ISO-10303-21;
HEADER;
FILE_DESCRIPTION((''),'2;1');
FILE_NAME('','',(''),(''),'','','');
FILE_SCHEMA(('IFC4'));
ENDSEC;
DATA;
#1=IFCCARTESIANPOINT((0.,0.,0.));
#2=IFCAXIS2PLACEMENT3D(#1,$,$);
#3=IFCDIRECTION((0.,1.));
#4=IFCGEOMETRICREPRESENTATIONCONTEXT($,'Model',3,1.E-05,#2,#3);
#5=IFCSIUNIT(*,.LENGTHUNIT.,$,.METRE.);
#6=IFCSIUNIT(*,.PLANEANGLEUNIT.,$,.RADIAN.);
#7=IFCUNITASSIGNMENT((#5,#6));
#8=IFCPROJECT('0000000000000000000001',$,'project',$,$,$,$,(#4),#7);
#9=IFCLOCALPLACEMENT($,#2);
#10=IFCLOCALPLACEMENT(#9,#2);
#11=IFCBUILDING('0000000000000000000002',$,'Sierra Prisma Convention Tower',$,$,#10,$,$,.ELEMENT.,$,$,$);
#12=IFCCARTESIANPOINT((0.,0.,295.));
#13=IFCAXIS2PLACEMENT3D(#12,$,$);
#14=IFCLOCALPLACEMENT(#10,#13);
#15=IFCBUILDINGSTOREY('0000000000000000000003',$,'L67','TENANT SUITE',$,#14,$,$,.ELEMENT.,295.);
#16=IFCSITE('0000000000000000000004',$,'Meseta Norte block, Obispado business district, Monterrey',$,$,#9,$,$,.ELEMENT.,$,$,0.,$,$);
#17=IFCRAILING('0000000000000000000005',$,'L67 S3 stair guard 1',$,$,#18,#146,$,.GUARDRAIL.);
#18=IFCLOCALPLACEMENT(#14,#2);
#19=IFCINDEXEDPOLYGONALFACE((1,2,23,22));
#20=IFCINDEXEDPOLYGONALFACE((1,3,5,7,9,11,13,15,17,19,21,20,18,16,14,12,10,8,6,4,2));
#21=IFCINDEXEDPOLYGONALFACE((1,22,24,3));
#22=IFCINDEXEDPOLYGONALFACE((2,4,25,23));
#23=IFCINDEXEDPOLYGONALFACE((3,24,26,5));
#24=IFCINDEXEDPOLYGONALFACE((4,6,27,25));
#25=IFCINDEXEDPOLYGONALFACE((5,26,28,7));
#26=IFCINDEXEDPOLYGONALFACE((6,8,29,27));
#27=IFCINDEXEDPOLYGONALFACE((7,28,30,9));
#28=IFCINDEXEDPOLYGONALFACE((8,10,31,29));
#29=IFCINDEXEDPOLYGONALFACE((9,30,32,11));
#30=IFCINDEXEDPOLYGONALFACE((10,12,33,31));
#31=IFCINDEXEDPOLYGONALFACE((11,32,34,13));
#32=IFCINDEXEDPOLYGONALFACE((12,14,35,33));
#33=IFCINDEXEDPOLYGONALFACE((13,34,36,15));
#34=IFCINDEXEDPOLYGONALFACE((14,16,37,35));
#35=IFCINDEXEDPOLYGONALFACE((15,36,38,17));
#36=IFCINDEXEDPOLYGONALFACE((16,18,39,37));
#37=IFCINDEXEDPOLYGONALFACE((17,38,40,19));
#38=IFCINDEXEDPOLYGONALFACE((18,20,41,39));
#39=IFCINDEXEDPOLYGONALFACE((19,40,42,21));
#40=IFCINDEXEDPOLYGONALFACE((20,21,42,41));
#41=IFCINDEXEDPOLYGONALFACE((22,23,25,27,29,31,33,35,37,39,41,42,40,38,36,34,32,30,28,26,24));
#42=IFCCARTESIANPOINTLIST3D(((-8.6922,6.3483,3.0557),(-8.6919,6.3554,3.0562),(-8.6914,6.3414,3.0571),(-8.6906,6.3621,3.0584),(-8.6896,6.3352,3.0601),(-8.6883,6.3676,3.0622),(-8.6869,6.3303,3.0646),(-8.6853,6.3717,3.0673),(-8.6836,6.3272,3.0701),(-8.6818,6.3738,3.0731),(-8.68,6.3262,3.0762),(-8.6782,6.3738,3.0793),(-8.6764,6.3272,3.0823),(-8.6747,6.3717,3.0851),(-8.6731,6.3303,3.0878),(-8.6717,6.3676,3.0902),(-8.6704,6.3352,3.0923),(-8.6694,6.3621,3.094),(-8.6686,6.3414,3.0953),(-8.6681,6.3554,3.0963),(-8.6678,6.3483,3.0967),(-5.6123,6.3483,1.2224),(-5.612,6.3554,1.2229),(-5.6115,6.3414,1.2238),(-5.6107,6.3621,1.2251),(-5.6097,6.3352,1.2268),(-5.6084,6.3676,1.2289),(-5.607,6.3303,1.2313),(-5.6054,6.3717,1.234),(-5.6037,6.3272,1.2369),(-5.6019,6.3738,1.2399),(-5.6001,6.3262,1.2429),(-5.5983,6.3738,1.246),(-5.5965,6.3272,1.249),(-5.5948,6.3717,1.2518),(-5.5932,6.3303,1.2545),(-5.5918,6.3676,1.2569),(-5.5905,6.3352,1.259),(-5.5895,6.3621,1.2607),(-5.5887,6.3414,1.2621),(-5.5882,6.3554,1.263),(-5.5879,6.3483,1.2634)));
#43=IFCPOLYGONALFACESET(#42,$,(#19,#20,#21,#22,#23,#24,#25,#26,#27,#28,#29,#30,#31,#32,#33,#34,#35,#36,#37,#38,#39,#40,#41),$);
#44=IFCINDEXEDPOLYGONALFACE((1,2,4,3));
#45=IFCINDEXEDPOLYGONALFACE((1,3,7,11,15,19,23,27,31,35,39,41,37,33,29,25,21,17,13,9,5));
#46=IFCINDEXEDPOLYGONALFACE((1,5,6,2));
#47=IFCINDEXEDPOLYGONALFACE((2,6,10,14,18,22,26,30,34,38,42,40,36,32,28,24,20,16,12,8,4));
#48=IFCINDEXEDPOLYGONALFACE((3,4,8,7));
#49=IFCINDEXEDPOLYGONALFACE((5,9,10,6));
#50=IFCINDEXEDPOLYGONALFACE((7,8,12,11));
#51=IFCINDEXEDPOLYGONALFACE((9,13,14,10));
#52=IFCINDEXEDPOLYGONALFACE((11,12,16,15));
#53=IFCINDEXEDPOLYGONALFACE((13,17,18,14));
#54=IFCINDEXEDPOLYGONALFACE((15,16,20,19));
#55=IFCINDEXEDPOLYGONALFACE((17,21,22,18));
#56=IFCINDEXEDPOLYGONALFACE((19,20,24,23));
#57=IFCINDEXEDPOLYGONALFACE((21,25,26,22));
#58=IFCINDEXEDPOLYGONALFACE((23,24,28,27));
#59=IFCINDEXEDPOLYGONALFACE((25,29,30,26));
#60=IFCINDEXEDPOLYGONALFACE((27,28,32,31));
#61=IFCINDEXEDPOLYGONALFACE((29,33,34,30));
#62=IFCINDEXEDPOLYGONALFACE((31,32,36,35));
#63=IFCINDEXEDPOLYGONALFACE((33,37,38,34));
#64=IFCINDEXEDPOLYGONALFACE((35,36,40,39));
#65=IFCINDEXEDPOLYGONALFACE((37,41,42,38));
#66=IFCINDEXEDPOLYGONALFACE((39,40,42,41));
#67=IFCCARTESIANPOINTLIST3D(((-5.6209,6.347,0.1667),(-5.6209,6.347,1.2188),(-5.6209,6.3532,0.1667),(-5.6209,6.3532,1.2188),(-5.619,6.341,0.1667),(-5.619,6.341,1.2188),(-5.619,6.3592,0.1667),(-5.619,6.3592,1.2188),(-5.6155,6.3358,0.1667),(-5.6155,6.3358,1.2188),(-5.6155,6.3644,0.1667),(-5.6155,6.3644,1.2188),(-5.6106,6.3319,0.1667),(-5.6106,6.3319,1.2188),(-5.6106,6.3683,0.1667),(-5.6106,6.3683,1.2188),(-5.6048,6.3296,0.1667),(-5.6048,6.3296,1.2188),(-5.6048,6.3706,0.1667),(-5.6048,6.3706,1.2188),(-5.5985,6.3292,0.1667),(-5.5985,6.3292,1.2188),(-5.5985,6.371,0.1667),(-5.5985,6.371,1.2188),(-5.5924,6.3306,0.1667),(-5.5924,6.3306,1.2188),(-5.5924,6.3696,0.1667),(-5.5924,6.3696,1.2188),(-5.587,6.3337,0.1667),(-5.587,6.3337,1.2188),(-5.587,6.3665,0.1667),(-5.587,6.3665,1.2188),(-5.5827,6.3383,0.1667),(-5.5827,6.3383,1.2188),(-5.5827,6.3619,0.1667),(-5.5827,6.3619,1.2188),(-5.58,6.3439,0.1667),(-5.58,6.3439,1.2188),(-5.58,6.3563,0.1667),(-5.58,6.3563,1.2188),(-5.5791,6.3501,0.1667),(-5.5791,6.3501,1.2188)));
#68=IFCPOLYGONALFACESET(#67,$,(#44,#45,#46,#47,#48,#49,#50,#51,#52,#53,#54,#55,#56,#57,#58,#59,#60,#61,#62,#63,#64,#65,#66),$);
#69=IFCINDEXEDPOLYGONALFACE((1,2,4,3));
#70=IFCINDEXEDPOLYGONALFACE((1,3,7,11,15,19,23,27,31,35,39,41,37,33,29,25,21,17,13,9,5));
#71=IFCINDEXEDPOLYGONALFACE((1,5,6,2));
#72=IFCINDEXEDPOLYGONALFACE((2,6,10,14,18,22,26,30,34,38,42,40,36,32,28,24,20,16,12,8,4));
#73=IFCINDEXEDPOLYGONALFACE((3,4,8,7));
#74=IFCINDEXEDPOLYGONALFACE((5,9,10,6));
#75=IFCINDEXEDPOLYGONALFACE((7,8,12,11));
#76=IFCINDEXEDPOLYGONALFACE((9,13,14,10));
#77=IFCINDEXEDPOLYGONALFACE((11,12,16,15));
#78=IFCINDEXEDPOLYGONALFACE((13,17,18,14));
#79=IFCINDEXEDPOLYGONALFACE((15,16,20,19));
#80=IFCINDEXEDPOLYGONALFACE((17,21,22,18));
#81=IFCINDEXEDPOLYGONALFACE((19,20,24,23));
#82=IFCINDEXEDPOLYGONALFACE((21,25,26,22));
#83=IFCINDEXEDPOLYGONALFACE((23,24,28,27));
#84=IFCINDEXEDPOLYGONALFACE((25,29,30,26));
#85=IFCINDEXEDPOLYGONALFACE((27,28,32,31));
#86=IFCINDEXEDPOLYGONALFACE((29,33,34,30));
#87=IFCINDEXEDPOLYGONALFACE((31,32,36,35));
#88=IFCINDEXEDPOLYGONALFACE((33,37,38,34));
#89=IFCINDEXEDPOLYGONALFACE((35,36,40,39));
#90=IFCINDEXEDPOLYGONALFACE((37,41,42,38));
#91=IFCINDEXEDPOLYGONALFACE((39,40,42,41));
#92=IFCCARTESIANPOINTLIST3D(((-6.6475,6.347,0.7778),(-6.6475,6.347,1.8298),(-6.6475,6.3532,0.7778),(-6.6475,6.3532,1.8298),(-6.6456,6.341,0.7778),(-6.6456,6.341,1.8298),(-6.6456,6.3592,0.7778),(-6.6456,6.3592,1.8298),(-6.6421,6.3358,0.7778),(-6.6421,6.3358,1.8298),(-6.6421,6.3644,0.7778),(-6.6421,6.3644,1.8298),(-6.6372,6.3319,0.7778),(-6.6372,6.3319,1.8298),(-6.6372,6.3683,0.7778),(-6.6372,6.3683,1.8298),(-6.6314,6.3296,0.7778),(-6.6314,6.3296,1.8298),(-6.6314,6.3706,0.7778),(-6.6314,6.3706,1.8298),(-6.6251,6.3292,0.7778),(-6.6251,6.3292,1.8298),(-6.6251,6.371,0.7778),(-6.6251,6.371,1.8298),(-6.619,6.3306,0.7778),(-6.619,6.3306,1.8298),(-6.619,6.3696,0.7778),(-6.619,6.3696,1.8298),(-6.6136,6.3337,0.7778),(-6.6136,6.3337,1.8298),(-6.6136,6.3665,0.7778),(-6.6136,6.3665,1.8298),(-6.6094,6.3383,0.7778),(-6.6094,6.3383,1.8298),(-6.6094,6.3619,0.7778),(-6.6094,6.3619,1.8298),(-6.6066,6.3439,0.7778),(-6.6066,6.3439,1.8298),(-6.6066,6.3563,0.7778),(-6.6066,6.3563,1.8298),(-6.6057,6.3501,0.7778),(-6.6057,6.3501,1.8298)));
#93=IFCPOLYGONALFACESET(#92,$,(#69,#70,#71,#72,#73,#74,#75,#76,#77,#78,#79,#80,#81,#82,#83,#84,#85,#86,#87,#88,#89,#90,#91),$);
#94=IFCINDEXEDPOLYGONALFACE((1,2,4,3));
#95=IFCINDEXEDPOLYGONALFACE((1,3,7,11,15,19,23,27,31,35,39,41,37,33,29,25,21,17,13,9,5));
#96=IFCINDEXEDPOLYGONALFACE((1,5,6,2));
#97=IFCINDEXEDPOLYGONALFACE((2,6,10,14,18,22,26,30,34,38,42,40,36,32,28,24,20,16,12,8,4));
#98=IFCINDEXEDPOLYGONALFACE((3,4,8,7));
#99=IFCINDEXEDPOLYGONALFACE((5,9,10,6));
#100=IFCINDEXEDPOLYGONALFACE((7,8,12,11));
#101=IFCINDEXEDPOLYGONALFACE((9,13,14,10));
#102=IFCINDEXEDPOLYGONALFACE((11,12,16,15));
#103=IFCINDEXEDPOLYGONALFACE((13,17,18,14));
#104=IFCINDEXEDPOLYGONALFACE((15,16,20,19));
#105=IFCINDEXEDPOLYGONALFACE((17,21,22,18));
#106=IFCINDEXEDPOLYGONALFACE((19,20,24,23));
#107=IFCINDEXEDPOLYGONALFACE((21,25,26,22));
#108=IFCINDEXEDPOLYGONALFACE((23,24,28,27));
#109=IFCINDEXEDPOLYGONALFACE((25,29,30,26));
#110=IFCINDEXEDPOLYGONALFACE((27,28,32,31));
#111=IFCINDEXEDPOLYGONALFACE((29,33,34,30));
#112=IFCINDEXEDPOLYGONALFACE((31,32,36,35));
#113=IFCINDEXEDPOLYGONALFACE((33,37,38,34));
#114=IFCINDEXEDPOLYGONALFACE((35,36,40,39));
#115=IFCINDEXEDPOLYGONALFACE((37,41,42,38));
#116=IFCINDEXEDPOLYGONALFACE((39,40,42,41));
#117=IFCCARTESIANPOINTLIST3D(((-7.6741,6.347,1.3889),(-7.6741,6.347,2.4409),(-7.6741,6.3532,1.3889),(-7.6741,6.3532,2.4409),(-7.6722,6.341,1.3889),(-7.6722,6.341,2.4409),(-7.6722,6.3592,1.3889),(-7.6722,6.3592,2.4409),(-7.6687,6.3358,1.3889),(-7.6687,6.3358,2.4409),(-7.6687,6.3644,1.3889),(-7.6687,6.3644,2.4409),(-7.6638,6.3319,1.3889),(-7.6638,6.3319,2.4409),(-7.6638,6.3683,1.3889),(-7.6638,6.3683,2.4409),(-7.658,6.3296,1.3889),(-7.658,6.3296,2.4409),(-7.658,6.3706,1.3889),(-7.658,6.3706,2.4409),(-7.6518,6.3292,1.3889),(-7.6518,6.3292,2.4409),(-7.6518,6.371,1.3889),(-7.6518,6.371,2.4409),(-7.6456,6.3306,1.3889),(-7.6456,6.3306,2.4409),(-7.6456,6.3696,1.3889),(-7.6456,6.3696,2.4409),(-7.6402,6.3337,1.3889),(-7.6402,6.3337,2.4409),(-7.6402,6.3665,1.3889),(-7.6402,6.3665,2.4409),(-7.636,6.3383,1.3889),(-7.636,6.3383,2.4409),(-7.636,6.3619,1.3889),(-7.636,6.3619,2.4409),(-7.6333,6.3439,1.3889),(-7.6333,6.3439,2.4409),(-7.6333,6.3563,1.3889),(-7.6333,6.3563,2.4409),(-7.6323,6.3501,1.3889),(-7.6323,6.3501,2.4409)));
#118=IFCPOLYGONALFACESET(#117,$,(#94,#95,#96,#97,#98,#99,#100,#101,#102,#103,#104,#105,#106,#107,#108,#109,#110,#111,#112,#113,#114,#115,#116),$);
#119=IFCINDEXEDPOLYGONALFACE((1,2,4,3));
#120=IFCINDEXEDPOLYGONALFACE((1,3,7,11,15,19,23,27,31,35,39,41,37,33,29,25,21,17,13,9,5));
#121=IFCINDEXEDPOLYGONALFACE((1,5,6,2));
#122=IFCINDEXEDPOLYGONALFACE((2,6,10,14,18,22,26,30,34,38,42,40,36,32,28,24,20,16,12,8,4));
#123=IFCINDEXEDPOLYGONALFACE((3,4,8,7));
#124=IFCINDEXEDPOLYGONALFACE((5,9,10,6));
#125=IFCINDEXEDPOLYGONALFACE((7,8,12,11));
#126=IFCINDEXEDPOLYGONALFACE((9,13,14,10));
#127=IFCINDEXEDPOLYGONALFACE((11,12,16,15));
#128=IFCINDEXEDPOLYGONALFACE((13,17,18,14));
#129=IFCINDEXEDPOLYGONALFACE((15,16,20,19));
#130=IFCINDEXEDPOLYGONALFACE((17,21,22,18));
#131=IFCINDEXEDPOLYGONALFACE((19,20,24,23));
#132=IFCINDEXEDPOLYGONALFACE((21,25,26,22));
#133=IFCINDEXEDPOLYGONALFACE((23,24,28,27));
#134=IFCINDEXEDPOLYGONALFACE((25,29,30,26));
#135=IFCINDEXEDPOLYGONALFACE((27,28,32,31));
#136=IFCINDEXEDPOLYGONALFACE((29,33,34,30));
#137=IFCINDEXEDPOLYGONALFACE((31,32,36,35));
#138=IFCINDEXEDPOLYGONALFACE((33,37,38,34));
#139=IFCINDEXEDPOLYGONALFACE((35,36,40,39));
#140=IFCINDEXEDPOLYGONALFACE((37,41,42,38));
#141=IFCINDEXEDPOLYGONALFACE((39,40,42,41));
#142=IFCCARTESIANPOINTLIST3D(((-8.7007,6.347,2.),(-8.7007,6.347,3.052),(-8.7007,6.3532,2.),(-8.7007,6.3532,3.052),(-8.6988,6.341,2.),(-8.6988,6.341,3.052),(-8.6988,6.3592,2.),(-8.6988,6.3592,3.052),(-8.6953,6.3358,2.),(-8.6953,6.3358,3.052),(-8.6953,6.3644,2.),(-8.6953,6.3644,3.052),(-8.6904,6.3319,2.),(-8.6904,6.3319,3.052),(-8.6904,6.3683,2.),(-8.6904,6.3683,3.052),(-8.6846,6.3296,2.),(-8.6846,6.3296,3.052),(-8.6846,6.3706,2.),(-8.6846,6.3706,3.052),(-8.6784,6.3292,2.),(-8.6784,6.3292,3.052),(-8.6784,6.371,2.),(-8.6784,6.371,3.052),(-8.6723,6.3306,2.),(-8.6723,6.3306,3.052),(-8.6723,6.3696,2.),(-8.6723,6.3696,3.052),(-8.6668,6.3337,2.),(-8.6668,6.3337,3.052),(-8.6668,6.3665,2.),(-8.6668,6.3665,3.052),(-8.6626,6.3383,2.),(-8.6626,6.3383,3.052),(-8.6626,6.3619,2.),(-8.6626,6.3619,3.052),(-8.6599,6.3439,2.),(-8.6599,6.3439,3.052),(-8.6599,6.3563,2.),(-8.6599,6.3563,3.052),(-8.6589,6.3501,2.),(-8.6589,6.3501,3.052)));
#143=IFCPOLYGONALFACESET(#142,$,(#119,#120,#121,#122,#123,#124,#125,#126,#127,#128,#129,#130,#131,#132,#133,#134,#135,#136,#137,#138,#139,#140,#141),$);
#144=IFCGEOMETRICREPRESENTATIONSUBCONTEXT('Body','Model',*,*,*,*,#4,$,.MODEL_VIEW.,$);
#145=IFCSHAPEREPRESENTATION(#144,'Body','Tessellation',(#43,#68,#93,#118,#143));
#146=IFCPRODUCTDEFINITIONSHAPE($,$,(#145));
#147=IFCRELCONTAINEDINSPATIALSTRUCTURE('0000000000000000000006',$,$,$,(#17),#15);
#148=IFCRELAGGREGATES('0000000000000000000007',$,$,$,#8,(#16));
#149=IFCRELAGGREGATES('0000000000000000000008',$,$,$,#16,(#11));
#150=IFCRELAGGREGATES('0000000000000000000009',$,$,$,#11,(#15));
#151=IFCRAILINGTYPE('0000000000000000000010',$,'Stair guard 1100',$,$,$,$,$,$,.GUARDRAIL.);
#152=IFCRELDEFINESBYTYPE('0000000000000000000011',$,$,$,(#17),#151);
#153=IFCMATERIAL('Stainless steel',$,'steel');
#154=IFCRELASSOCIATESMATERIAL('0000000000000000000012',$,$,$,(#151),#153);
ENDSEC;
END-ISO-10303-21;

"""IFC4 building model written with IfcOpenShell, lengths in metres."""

from ifc_helpers import new_model, si_unit, direction, frame, origin, origin_2d, place, context, subcontext, project, spatial, circle, extrude, material, type_object, element, save


model = new_model("IFC4")

# Units and contexts
model_context = context("Model", 3, precision=1e-05, world=origin(), true_north=direction((0.0, 1.0)))
body_context = subcontext(model_context, "Body", "Model", "MODEL_VIEW")
ifc_project = project(units=[si_unit("LENGTHUNIT", "METRE"), si_unit("PLANEANGLEUNIT", "RADIAN")], contexts=[model_context])

# Site, building, storey
site_placement = place(None, origin())
site = spatial("IfcSite", under=ifc_project, at=site_placement, Name="Meseta Norte block, Obispado business district, Monterrey", CompositionType="ELEMENT", RefElevation=0.0)
building_placement = place(site_placement, origin())
building = spatial("IfcBuilding", under=site, at=building_placement, Name="Sierra Prisma Convention Tower", CompositionType="ELEMENT")
storey_placement = place(building_placement, frame((0.0, 0.0, 295.0)))
storey = spatial("IfcBuildingStorey", under=building, at=storey_placement, Name="L67", Description="TENANT SUITE", CompositionType="ELEMENT", Elevation=295.0)

# Railing
ifc_material_1 = material(Name="Stainless steel", Category="steel")
railing_type_1 = type_object("IfcRailingType", Name="Stair guard 1100", PredefinedType="GUARDRAIL", material=ifc_material_1)
railing_1_placement = place(storey_placement, frame((-5.6001, 6.3501, 0.1667)))
element("IfcRailing", 1, at=railing_1_placement, inside=storey, type_object=railing_type_1, Name="L67 S3 stair guard 1", PredefinedType="GUARDRAIL", context=body_context, shape_type="SweptSolid", body=[
    extrude(circle(Radius=0.0239, at=origin_2d()), frame((0.0, 0.0, 1.0762), z_axis=(-0.859291, 0.0, 0.511487), x_axis=(0.0, -1.0, 0.0)), (0.0, 0.0, 1.0), 3.5842),
    extrude(circle(Radius=0.021, at=origin_2d()), origin(), (0.0, 0.0, 1.0), 1.052),
    extrude(circle(Radius=0.021, at=origin_2d()), frame((-1.0266, 0.0, 0.6111)), (0.0, 0.0, 1.0), 1.052),
    extrude(circle(Radius=0.021, at=origin_2d()), frame((-2.0532, 0.0, 1.2222)), (0.0, 0.0, 1.0), 1.052),
    extrude(circle(Radius=0.021, at=origin_2d()), frame((-3.0798, 0.0, 1.8333)), (0.0, 0.0, 1.0), 1.052),
])

save(model, "model.ifc")
